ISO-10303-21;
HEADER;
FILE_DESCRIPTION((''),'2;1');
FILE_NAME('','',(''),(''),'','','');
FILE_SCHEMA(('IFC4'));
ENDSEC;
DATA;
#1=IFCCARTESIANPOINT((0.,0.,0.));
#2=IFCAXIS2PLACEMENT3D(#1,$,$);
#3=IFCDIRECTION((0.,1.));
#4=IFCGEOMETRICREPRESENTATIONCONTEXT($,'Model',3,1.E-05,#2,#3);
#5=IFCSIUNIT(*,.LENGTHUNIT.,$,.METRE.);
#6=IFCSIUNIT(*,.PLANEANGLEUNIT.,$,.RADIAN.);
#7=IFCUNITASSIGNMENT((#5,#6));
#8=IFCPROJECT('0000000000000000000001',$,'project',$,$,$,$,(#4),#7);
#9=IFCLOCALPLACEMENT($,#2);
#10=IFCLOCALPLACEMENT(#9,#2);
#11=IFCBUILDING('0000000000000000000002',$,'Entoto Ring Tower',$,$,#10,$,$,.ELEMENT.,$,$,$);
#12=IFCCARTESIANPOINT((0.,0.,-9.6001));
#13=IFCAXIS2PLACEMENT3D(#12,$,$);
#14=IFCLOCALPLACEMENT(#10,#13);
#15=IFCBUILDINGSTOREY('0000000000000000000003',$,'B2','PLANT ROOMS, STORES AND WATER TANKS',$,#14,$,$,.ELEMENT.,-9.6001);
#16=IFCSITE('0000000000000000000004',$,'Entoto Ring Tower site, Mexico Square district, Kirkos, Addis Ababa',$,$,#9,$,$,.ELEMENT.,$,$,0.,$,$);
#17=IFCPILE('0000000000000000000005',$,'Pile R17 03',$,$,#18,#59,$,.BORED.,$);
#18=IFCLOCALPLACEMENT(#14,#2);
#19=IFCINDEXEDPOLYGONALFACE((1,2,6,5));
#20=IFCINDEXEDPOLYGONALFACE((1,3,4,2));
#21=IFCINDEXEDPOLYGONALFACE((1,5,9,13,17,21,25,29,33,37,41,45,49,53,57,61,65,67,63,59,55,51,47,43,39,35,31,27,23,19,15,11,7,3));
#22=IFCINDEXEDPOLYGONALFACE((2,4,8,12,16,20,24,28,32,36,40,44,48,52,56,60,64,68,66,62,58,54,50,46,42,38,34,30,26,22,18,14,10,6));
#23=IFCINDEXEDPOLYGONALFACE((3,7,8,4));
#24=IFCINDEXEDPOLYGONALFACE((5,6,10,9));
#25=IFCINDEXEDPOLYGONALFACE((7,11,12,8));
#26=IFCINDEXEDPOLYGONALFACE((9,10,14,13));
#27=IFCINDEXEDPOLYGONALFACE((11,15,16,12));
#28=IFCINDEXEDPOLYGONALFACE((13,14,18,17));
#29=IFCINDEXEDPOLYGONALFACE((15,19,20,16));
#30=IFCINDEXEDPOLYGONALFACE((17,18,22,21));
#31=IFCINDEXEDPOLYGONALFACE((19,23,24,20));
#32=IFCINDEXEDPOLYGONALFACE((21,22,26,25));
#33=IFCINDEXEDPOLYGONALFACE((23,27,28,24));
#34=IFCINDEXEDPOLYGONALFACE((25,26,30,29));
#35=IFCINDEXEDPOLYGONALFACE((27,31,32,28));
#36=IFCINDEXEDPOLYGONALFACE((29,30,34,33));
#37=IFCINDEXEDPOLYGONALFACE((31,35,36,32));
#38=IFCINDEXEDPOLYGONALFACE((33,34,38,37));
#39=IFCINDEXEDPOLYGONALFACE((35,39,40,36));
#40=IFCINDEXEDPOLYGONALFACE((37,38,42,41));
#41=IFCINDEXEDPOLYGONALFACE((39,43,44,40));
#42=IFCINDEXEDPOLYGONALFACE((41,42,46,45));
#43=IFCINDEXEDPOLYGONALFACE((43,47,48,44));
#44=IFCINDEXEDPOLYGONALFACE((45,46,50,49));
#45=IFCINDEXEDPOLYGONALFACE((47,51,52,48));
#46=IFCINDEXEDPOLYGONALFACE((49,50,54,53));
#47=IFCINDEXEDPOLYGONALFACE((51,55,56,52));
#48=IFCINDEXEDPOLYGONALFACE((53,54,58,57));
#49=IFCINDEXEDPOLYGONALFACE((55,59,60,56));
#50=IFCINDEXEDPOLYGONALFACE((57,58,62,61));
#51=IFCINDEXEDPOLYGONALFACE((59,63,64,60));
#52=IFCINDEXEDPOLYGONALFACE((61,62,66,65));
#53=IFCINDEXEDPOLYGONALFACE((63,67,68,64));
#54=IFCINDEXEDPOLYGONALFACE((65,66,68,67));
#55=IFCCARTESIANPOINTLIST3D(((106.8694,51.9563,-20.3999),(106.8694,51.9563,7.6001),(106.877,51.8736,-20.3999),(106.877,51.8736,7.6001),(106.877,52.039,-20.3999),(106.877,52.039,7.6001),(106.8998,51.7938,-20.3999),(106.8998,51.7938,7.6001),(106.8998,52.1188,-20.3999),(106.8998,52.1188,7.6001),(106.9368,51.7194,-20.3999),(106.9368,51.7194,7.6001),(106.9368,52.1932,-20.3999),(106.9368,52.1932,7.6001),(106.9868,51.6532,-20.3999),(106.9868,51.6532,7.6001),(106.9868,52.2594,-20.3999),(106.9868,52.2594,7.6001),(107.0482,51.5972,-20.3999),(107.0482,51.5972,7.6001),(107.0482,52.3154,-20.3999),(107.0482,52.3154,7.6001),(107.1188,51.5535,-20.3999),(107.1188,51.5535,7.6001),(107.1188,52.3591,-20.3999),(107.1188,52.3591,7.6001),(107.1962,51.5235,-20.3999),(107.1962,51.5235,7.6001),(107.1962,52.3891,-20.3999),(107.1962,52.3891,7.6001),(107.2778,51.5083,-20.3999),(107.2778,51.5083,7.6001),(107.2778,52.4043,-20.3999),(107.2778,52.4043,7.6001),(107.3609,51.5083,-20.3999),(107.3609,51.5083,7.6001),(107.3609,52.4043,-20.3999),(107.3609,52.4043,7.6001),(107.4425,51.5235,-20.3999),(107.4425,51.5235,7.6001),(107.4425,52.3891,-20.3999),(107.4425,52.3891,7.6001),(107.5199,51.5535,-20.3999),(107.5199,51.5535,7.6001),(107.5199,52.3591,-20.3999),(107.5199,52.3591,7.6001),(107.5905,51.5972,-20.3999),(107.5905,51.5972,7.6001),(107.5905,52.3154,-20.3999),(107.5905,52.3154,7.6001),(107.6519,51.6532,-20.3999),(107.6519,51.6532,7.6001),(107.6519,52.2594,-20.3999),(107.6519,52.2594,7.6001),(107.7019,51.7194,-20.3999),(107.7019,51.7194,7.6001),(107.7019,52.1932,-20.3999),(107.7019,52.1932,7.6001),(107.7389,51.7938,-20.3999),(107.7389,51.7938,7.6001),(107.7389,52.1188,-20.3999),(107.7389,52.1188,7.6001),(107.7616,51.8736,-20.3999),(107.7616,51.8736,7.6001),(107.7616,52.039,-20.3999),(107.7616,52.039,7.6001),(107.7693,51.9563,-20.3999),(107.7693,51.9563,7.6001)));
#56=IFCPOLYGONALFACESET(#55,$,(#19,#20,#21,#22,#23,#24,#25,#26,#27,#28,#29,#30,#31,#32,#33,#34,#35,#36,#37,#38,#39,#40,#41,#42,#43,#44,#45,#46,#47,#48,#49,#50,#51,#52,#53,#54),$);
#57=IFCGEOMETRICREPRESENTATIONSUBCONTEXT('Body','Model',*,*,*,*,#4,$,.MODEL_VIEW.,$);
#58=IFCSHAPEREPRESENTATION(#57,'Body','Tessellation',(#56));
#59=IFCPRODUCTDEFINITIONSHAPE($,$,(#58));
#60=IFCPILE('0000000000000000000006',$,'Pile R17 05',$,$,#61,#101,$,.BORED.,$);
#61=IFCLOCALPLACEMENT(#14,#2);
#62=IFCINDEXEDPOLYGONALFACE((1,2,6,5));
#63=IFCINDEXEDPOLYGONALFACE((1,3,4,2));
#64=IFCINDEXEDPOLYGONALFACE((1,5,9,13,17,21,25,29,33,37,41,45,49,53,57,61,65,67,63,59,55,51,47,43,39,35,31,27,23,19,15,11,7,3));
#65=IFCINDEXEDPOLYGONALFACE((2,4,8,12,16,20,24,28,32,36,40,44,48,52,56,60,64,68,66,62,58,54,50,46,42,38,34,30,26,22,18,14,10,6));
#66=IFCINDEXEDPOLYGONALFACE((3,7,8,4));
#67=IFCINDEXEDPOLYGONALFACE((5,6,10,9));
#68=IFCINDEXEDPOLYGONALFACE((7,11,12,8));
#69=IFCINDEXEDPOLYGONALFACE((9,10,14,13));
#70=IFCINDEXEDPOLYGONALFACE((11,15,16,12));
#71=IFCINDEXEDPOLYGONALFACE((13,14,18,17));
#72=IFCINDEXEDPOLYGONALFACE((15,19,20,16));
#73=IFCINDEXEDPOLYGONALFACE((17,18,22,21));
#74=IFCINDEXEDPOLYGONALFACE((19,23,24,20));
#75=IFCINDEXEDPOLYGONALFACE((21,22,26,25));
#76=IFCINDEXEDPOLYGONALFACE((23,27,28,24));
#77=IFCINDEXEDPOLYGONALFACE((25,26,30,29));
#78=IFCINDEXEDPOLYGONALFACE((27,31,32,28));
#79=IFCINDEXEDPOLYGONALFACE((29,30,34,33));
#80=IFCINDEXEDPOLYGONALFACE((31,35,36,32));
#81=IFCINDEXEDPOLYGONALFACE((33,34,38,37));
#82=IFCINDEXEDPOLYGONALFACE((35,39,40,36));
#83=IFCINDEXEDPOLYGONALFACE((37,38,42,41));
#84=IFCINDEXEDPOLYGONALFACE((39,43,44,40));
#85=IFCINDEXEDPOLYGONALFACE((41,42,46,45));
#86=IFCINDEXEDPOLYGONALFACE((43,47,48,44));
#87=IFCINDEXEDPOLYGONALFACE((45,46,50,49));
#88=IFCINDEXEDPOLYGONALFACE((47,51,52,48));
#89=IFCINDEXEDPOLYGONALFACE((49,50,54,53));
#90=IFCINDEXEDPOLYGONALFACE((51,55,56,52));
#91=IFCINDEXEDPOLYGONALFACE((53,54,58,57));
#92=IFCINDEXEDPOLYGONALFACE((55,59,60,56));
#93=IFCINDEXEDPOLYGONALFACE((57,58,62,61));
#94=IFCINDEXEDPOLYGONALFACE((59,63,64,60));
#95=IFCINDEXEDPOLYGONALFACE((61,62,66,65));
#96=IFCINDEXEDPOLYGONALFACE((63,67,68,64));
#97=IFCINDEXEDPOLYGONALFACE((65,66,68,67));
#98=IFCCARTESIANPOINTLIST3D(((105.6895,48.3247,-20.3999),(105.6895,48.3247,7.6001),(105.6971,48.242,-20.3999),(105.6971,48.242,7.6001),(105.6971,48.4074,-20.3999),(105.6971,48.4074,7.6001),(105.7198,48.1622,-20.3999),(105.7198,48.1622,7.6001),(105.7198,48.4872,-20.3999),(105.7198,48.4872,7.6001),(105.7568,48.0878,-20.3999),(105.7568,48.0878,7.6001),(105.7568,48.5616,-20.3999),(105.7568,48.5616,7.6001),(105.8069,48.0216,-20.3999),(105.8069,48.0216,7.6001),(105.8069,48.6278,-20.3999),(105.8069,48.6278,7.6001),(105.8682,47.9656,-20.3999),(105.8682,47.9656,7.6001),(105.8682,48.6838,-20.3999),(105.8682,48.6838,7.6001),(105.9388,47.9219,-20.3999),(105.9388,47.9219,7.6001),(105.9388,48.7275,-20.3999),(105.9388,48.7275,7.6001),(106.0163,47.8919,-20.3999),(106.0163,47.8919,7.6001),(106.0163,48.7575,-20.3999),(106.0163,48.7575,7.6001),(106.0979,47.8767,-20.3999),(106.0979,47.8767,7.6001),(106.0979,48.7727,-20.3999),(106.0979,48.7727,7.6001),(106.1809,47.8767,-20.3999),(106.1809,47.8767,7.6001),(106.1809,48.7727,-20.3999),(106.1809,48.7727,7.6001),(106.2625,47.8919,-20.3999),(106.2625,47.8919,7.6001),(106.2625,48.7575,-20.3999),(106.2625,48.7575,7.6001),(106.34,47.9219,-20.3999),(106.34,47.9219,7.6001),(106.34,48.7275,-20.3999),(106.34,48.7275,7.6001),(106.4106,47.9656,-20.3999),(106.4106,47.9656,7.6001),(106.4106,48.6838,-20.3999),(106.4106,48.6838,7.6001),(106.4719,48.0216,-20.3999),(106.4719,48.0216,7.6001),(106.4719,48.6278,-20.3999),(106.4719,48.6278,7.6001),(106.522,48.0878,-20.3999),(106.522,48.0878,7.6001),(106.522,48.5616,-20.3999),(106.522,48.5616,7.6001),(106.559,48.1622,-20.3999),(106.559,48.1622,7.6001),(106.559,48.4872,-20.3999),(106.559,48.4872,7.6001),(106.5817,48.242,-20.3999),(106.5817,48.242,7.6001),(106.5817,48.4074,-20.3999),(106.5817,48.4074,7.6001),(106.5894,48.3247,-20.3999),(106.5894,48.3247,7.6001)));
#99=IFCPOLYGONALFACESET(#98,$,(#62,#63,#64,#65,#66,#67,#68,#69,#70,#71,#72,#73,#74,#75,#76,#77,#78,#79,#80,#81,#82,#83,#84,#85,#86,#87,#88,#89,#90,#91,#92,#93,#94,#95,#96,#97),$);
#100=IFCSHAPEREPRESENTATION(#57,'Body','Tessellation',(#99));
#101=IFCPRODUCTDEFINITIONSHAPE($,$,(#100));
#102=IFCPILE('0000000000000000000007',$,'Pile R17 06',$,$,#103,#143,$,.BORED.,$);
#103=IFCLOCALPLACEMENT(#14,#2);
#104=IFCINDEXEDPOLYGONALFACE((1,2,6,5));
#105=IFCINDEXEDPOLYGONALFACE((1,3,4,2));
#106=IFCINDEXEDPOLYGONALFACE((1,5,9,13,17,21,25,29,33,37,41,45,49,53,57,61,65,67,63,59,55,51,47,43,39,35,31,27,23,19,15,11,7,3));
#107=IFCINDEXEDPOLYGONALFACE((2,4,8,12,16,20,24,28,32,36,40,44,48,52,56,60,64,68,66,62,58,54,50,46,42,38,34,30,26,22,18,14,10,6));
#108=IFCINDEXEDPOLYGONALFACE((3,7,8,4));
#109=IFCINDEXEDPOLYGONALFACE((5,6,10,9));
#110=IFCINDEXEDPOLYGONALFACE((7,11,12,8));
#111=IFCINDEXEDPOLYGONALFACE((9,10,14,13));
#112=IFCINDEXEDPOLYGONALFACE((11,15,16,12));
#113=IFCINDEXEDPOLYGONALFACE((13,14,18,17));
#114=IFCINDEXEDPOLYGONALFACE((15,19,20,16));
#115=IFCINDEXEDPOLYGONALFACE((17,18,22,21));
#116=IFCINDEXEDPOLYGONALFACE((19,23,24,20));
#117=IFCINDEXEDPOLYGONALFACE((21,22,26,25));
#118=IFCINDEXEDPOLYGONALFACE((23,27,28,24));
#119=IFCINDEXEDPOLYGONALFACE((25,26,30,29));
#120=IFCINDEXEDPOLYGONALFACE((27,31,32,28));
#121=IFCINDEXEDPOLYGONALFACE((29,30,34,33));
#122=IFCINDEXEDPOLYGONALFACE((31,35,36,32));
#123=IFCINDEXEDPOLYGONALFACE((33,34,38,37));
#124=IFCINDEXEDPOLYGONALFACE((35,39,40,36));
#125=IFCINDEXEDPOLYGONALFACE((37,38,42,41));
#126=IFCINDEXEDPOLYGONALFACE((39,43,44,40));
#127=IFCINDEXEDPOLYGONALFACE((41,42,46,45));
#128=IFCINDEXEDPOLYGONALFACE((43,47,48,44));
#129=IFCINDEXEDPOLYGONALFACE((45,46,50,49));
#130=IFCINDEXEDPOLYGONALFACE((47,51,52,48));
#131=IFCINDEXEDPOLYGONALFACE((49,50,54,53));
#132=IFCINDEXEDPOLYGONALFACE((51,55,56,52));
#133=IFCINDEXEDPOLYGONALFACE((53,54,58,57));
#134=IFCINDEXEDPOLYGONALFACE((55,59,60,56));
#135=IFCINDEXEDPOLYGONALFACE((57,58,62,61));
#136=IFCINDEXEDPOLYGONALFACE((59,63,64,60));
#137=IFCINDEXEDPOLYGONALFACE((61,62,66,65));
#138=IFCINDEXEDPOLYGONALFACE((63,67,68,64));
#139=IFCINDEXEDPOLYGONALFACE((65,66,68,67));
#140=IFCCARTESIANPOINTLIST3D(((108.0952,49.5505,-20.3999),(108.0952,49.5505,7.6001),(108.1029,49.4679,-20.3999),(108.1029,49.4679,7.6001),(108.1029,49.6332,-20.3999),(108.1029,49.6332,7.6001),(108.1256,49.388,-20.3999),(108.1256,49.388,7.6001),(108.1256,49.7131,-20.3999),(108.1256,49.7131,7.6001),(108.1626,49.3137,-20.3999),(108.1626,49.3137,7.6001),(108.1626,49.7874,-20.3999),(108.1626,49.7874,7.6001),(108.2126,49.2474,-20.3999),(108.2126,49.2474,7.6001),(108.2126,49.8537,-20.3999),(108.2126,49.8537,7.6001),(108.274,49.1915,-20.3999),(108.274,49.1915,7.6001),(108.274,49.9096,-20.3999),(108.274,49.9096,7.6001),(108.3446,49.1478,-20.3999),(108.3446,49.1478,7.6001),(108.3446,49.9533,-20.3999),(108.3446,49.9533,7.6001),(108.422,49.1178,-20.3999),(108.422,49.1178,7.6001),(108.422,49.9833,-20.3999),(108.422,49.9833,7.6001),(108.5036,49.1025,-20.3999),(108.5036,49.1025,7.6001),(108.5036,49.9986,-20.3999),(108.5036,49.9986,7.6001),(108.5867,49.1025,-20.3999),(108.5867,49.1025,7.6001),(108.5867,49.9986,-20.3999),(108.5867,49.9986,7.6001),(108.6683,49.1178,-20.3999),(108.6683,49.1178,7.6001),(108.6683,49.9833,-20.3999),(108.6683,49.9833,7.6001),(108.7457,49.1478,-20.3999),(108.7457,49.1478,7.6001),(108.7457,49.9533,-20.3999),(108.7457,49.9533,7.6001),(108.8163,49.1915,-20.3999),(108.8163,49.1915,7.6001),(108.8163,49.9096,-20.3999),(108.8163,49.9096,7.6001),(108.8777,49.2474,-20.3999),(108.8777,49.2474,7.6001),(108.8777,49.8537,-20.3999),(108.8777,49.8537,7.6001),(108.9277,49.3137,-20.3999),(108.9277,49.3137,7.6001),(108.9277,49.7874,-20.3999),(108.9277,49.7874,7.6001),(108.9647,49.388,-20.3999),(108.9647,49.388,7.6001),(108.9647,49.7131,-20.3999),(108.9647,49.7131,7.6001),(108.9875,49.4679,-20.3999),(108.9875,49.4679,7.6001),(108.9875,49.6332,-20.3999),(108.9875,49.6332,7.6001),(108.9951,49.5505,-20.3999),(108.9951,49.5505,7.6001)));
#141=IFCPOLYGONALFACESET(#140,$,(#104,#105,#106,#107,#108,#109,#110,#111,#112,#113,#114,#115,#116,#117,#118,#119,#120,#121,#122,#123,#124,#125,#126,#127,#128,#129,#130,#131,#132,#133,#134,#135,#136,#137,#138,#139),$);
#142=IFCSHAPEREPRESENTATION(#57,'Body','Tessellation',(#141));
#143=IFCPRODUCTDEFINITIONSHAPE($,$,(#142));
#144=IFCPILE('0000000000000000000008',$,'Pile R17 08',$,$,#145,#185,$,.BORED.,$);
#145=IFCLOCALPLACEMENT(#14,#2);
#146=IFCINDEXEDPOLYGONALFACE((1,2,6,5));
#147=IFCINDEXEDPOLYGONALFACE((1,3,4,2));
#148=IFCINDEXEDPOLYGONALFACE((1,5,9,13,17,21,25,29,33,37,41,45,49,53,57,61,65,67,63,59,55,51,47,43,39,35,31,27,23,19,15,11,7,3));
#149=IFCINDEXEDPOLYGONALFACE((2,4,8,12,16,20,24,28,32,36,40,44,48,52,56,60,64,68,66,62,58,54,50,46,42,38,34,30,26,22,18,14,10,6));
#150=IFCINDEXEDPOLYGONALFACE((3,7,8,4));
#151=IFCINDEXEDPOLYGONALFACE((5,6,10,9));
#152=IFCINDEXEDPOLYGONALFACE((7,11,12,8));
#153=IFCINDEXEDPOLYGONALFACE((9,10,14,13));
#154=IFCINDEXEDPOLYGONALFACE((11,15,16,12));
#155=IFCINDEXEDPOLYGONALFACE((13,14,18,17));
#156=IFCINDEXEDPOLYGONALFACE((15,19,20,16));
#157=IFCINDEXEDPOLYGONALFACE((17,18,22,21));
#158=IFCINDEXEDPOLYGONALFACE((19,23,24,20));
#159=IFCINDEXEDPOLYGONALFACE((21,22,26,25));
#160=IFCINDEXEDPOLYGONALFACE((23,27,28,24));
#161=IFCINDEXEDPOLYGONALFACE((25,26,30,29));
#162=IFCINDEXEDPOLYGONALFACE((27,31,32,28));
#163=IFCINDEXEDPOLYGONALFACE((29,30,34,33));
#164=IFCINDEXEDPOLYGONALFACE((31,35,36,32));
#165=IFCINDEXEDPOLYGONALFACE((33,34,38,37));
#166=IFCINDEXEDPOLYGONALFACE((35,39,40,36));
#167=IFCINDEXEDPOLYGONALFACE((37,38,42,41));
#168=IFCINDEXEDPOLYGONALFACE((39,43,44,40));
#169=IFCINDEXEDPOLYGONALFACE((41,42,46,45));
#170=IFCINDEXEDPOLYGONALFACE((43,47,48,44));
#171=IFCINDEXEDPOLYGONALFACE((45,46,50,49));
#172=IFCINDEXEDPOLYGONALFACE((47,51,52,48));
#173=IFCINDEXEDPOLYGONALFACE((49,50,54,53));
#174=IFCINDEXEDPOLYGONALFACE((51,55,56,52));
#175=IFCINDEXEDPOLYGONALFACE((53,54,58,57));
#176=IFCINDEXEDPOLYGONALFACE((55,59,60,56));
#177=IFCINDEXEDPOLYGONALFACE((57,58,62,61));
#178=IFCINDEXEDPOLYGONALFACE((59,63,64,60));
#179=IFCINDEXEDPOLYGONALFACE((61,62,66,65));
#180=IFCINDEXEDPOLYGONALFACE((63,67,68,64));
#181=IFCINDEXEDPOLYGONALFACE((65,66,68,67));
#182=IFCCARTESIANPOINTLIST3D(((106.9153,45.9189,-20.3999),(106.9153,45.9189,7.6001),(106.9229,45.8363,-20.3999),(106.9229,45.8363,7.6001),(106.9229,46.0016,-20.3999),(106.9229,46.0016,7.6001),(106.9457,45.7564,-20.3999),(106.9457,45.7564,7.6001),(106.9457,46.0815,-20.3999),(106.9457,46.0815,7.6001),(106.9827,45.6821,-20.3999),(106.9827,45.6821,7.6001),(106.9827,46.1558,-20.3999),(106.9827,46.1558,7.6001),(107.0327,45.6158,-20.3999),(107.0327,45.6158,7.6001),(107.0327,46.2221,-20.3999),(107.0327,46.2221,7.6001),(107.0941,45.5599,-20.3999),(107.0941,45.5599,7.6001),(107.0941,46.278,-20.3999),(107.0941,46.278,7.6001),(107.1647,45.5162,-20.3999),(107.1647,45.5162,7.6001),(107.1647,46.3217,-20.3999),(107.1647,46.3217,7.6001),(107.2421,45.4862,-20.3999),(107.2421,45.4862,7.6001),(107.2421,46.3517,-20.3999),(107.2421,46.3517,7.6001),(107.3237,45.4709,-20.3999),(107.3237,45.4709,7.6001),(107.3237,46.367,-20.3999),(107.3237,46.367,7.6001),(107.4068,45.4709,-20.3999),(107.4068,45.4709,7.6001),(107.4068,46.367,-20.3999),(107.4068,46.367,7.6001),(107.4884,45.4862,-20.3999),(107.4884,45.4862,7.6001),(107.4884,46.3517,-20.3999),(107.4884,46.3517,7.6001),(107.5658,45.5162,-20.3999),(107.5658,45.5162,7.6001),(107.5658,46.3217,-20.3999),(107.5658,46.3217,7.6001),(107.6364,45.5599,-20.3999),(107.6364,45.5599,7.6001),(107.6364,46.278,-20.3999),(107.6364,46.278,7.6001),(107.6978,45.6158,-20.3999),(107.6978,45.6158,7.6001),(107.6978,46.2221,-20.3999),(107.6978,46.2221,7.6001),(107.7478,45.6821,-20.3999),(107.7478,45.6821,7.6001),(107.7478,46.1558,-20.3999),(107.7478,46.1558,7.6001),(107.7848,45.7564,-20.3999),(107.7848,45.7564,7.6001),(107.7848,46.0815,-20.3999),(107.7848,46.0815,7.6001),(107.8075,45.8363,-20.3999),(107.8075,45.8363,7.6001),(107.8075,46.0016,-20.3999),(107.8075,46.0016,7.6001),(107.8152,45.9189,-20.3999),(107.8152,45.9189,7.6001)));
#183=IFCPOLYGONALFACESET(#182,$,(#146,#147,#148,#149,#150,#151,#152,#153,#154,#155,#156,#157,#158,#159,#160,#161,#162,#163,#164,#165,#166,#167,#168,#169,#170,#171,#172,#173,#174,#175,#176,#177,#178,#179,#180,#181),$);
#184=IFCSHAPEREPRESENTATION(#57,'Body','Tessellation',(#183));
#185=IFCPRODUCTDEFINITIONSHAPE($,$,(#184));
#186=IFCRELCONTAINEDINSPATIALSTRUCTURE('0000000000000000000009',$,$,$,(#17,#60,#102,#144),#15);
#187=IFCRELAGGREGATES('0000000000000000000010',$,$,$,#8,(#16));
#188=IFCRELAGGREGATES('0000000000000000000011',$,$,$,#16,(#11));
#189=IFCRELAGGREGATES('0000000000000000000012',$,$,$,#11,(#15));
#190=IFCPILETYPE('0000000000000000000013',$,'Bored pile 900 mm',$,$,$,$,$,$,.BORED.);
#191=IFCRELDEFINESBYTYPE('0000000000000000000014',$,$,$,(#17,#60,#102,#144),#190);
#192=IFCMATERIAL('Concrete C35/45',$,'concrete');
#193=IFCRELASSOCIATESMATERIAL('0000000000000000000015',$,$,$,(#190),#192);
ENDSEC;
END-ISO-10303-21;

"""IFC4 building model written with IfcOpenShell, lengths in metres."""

from ifc_helpers import new_model, si_unit, direction, frame, origin, origin_2d, place, context, subcontext, project, spatial, circle, extrude, material, material_profile, profile_set, type_object, element, save


model = new_model("IFC4")

# Units and contexts
model_context = context("Model", 3, precision=1e-05, world=origin(), true_north=direction((0.0, 1.0)))
body_context = subcontext(model_context, "Body", "Model", "MODEL_VIEW")
ifc_project = project(units=[si_unit("LENGTHUNIT", "METRE"), si_unit("PLANEANGLEUNIT", "RADIAN")], contexts=[model_context])

# Site, building, storey
site_placement = place(None, origin())
site = spatial("IfcSite", under=ifc_project, at=site_placement, Name="Entoto Ring Tower site, Mexico Square district, Kirkos, Addis Ababa", CompositionType="ELEMENT", RefElevation=0.0)
building_placement = place(site_placement, origin())
building = spatial("IfcBuilding", under=site, at=building_placement, Name="Entoto Ring Tower", CompositionType="ELEMENT")
storey_placement = place(building_placement, frame((0.0, 0.0, -9.6001)))
storey = spatial("IfcBuildingStorey", under=building, at=storey_placement, Name="B2", Description="PLANT ROOMS, STORES AND WATER TANKS", CompositionType="ELEMENT", Elevation=-9.6001)

# Piles
ifc_material_1 = material(Name="Concrete C35/45", Category="concrete")
ifc_material_profile_1 = material_profile(ifc_material_1, circle(Radius=0.45, at=origin_2d()), Name="Bored pile 900 mm")
ifc_profile_set_1 = profile_set([ifc_material_profile_1], Name="Concrete C35/45")
pile_type = type_object("IfcPileType", Name="Bored pile 900 mm", PredefinedType="BORED", material=ifc_profile_set_1)
for number, where, z_axis, x_axis, name in (
    (1, (107.3193, 51.9563, 7.6001), (0.0, 0.0, -1.0), (1.0, 0.0, 0.0), "Pile R17 03"),
    (2, (106.1394, 48.3247, 7.6001), (0.0, 0.0, -1.0), (1.0, 0.0, 0.0), "Pile R17 05"),
    (3, (108.5452, 49.5505, 7.6001), (0.0, 0.0, -1.0), (1.0, 0.0, 0.0), "Pile R17 06"),
    (4, (107.3652, 45.9189, 7.6001), (0.0, 0.0, -1.0), (1.0, 0.0, 0.0), "Pile R17 08"),
):
    element("IfcPile", number, at=place(storey_placement, frame(where, z_axis=z_axis, x_axis=x_axis)), inside=storey, type_object=pile_type, Name=name, PredefinedType="BORED", context=body_context, shape_type="SweptSolid", body=[
        extrude(circle(Radius=0.45, at=origin_2d()), origin(), (0.0, 0.0, 1.0), 28.0),
    ])

save(model, "model.ifc")
